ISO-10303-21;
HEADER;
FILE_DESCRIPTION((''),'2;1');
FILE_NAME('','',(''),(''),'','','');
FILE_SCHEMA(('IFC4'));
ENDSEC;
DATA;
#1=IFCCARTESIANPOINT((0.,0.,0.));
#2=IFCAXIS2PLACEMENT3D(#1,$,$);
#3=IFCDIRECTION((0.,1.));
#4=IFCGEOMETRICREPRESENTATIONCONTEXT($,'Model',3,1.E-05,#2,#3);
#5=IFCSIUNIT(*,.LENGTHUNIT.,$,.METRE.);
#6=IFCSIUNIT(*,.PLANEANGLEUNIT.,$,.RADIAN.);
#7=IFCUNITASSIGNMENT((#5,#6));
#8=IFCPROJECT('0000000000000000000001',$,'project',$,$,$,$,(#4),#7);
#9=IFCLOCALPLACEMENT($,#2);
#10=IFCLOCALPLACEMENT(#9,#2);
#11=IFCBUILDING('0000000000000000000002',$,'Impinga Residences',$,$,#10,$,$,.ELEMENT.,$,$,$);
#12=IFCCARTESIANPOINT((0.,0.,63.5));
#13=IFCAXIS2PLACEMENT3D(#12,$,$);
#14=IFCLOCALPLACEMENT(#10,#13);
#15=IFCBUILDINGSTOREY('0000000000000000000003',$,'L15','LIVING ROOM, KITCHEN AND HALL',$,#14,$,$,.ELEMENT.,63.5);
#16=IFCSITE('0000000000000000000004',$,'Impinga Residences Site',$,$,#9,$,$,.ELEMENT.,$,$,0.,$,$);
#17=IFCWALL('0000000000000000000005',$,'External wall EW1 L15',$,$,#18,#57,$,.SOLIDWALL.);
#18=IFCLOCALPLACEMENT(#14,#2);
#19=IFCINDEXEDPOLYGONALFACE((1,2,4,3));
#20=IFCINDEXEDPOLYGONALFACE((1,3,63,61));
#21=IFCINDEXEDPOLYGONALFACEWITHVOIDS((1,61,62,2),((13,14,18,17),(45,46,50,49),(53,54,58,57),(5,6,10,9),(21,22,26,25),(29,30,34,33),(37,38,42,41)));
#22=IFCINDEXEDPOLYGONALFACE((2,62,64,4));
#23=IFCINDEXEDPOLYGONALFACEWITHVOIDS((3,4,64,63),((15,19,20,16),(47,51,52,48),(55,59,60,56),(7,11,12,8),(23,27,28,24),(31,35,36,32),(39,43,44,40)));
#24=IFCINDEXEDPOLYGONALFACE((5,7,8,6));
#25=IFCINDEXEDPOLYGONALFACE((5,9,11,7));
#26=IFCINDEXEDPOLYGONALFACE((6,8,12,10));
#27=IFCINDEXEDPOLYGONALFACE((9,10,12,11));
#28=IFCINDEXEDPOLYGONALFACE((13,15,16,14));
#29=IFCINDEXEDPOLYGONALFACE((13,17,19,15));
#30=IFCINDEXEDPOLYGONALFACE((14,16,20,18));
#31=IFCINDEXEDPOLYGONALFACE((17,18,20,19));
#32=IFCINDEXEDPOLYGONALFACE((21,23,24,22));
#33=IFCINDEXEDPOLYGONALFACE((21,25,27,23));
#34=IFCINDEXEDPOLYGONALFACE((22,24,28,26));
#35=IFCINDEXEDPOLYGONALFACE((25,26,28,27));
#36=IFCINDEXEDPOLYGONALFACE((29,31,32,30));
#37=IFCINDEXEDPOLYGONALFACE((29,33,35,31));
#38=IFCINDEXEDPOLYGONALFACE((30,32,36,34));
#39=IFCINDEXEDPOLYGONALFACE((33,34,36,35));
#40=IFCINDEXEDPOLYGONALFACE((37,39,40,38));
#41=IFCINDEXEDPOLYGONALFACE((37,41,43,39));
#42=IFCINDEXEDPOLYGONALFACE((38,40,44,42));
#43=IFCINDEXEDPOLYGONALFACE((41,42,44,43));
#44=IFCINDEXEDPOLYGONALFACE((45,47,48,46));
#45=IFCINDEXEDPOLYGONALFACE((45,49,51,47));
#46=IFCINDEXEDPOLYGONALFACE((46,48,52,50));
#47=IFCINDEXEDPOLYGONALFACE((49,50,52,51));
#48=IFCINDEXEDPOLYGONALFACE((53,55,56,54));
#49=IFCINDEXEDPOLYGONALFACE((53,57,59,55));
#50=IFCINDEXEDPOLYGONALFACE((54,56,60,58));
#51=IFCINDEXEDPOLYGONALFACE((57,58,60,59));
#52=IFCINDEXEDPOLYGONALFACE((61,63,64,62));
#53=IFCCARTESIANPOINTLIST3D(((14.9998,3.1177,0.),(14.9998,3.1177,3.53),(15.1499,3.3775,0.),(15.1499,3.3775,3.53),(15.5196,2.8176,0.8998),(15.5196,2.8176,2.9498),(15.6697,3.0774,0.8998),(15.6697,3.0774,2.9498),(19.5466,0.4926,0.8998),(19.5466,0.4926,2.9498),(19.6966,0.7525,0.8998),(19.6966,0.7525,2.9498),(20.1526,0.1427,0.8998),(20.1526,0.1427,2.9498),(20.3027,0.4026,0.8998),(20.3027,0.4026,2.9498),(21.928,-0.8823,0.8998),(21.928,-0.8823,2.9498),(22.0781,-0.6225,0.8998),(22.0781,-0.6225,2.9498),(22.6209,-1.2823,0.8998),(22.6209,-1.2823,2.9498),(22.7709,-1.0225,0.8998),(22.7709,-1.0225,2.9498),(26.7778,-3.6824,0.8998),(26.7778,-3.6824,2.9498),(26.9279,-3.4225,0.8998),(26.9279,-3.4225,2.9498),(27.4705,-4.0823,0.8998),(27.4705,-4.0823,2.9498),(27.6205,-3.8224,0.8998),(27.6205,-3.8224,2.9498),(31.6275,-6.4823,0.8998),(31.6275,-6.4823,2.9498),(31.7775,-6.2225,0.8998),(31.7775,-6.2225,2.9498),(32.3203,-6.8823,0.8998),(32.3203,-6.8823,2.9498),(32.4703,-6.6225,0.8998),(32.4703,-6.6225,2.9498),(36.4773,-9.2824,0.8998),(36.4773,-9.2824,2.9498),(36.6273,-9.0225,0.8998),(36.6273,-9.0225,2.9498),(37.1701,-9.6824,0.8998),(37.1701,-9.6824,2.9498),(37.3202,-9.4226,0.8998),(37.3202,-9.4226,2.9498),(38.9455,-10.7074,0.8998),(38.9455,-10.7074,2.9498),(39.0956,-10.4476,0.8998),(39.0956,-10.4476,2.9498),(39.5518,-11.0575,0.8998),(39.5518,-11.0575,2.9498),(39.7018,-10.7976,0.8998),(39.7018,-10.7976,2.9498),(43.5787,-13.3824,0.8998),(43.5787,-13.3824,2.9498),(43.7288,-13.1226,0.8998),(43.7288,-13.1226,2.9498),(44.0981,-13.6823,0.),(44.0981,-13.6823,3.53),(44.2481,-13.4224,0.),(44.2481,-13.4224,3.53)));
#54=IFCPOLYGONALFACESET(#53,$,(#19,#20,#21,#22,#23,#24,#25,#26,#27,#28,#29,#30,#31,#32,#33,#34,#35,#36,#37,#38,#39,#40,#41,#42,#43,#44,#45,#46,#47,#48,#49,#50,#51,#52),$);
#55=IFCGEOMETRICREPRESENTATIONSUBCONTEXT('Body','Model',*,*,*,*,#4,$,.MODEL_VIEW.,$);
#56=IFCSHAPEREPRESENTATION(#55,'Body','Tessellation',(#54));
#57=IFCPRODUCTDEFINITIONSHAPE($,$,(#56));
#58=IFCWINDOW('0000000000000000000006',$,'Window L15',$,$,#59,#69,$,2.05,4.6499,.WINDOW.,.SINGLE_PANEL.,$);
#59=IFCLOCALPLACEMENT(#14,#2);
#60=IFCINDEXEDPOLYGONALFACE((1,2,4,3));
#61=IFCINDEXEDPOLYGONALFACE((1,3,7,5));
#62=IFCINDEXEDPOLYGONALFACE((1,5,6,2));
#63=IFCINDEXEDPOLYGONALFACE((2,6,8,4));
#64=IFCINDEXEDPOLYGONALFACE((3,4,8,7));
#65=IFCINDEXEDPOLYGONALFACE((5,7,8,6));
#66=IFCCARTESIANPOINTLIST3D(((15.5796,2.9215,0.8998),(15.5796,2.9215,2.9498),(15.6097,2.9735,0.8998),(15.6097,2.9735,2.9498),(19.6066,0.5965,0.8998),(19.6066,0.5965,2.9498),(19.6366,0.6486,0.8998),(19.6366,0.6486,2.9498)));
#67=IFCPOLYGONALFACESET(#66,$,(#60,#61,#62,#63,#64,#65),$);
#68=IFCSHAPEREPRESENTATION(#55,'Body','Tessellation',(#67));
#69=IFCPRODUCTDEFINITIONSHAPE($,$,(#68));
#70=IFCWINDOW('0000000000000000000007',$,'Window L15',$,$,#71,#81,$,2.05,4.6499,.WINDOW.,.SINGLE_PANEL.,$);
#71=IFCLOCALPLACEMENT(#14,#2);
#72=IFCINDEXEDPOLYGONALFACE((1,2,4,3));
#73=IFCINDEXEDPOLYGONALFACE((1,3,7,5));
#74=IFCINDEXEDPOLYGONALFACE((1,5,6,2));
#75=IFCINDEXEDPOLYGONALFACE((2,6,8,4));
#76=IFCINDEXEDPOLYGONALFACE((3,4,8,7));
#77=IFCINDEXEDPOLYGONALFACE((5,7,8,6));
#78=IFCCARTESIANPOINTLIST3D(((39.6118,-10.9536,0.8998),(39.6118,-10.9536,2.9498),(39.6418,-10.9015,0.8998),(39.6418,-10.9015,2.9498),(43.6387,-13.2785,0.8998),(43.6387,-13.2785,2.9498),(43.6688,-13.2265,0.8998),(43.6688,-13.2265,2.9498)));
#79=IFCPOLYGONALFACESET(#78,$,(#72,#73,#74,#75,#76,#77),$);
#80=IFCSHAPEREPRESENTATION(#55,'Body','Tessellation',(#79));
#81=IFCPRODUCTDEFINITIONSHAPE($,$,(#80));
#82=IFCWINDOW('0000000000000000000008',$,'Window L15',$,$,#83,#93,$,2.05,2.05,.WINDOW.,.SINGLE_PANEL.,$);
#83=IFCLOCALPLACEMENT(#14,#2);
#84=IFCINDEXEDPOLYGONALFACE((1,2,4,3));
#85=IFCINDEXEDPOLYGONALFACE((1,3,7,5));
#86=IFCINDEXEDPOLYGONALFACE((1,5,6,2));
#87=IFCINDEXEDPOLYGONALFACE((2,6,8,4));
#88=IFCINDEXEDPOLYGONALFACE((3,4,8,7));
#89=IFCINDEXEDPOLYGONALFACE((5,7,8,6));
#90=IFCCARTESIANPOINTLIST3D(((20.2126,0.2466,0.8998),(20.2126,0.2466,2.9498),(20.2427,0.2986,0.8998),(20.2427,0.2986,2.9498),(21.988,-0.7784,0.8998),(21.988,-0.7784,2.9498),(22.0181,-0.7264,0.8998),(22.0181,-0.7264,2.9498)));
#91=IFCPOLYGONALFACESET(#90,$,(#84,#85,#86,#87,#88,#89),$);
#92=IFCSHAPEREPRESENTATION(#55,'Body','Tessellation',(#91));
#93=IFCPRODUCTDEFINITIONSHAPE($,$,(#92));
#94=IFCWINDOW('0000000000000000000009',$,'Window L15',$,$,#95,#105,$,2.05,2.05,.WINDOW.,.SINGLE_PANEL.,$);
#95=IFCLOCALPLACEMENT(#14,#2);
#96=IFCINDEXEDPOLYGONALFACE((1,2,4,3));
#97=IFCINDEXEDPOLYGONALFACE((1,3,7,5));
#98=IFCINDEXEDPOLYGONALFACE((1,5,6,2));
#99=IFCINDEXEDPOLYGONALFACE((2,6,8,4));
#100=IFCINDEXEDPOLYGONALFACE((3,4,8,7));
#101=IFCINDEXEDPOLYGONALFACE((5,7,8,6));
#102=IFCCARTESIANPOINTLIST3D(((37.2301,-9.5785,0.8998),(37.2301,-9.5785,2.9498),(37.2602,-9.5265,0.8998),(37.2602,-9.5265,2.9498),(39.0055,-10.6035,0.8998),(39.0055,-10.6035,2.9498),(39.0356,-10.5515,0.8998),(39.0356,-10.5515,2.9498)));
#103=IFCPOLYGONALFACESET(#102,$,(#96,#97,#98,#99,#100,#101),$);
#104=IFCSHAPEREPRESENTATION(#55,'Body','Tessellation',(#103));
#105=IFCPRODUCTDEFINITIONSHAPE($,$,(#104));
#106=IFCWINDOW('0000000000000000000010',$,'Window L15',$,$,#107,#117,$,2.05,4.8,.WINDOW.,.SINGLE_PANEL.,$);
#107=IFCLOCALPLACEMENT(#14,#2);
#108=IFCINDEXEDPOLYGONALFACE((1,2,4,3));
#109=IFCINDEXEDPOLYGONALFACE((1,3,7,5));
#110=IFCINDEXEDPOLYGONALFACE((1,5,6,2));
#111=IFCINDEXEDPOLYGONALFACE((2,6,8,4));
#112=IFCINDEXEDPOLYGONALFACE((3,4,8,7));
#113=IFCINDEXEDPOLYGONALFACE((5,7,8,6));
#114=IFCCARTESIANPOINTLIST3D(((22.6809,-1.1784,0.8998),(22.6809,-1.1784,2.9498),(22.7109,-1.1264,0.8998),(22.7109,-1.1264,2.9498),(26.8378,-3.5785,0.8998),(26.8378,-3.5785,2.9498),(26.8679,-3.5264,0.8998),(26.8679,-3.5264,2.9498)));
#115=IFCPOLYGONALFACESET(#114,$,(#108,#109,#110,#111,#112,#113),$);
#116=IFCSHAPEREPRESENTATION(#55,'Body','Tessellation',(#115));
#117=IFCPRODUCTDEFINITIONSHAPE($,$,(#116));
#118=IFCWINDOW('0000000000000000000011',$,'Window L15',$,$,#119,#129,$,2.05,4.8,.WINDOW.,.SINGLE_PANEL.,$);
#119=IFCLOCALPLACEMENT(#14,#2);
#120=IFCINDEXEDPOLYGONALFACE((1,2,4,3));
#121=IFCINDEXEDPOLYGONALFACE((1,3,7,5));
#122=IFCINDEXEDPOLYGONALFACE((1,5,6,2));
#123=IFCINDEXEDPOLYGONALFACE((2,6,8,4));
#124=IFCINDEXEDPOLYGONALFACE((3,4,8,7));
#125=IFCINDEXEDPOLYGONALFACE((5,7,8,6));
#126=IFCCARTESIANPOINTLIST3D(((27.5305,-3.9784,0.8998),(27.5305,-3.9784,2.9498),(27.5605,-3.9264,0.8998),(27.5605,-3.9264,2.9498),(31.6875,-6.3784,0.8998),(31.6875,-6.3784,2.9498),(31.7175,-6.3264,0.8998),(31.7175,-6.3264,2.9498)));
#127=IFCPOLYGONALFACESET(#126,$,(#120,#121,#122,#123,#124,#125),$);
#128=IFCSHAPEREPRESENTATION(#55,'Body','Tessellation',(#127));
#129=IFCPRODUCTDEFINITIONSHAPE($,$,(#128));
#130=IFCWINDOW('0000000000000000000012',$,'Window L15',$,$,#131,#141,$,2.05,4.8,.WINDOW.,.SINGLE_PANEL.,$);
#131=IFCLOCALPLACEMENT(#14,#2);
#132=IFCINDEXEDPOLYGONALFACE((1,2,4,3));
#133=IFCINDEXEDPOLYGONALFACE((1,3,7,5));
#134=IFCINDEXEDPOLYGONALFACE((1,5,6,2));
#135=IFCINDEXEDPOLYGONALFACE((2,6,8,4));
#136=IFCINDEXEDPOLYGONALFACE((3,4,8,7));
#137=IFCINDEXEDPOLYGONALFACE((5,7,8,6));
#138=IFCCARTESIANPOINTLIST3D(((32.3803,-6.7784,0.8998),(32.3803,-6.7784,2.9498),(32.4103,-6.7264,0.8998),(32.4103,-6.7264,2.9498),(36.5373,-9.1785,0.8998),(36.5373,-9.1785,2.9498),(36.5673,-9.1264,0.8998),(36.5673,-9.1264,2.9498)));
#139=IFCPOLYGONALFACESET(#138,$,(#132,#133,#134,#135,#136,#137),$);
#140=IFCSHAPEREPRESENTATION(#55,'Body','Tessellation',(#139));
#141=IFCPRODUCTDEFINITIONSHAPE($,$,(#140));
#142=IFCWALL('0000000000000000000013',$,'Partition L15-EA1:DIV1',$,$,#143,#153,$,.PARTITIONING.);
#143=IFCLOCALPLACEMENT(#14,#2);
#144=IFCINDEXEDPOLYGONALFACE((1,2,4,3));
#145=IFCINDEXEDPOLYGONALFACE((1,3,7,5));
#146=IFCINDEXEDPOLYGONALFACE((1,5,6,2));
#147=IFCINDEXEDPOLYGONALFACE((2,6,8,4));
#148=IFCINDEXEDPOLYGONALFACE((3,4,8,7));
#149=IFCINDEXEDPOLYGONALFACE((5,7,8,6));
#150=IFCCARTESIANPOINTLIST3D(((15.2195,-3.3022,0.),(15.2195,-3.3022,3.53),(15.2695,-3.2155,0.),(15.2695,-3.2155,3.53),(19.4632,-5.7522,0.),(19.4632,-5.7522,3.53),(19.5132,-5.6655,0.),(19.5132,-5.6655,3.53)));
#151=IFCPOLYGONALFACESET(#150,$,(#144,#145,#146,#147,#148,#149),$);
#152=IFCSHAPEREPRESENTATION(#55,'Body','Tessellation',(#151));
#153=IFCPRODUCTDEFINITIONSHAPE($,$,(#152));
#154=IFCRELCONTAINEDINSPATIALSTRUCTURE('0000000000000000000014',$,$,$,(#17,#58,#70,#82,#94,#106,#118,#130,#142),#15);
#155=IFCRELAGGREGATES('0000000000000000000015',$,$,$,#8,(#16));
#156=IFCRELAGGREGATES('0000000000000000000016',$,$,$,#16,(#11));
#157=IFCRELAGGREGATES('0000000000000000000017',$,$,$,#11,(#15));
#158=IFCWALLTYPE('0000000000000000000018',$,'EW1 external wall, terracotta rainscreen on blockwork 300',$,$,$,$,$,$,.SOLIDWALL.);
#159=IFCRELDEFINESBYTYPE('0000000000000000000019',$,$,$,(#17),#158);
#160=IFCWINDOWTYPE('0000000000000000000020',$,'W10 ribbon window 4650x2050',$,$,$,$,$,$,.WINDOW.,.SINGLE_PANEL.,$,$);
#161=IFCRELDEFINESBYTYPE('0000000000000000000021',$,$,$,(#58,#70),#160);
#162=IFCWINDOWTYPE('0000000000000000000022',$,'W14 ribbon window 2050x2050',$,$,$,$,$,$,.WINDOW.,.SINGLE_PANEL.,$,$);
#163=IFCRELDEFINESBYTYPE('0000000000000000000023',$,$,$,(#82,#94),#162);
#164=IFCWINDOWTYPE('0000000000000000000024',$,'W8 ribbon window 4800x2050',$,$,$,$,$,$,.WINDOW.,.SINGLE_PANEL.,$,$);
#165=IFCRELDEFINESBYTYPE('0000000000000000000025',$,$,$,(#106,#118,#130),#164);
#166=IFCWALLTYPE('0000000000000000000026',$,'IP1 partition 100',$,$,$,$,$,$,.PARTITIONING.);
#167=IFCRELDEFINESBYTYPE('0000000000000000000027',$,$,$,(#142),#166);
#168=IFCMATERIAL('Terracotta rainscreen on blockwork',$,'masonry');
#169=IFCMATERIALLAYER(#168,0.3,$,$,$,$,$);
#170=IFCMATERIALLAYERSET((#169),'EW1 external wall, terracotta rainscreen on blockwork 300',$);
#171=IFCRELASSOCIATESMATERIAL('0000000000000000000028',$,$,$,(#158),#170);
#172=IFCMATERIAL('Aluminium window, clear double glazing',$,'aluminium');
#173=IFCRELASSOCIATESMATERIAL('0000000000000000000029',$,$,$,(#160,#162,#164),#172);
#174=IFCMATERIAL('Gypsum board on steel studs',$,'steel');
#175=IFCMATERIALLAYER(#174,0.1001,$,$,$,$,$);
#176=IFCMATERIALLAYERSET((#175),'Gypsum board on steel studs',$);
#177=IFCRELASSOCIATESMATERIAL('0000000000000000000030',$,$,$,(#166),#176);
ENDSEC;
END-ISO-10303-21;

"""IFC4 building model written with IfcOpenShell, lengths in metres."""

from ifc_helpers import new_model, si_unit, direction, frame, frame_2d, origin, place, context, subcontext, project, spatial, rectangle, extrude, material, layer, layer_set, type_object, element, fill, save


model = new_model("IFC4")

# Units and contexts
model_context = context("Model", 3, precision=1e-05, world=origin(), true_north=direction((0.0, 1.0)))
body_context = subcontext(model_context, "Body", "Model", "MODEL_VIEW")
ifc_project = project(units=[si_unit("LENGTHUNIT", "METRE"), si_unit("PLANEANGLEUNIT", "RADIAN")], contexts=[model_context])

# Site, building, storey
site_placement = place(None, origin())
site = spatial("IfcSite", under=ifc_project, at=site_placement, Name="Impinga Residences Site", CompositionType="ELEMENT", RefElevation=0.0)
building_placement = place(site_placement, origin())
building = spatial("IfcBuilding", under=site, at=building_placement, Name="Impinga Residences", CompositionType="ELEMENT")
storey_placement = place(building_placement, frame((0.0, 0.0, 63.5)))
storey = spatial("IfcBuildingStorey", under=building, at=storey_placement, Name="L15", Description="LIVING ROOM, KITCHEN AND HALL", CompositionType="ELEMENT", Elevation=63.5)

# Shared definitions
ifc_material_1 = material(Name="Terracotta rainscreen on blockwork", Category="masonry")
ifc_layer_1 = layer(ifc_material_1, 0.3)
ifc_layer_set_1 = layer_set([ifc_layer_1], Name="EW1 external wall, terracotta rainscreen on blockwork 300")
wall_type_1 = type_object("IfcWallType", Name="EW1 external wall, terracotta rainscreen on blockwork 300", PredefinedType="SOLIDWALL", material=ifc_layer_set_1)

# Wall, openings, windows
wall_1_placement = place(storey_placement, frame((15.075, 3.2476, 0.0), z_axis=(0.0, 0.0, 1.0), x_axis=(0.866024, -0.500002, 0.0)))
wall_1 = element("IfcWall", 1, at=wall_1_placement, inside=storey, type_object=wall_type_1, Name="External wall EW1 L15", PredefinedType="SOLIDWALL", context=body_context, shape_type="SweptSolid", body=[
    extrude(rectangle(XDim=33.5999, YDim=0.3, at=frame_2d((16.7998, 0.0))), origin(), (0.0, 0.0, 1.0), 3.53),
])
opening_1_placement = place(wall_1_placement, frame((0.6001, 0.0, 0.8999)))
opening_1 = element("IfcOpeningElement", 2, at=opening_1_placement, cuts=wall_1, PredefinedType="OPENING", context=body_context, shape_type="SweptSolid", body=[
    extrude(rectangle(XDim=4.6499, YDim=2.05, at=frame_2d((2.325, 1.0249))), frame((0.0, 0.1599, 0.0), z_axis=(0.0, -1.0, 0.0), x_axis=(1.0, 0.0, 0.0)), (0.0, 0.0, 1.0), 0.3201),
])
opening_2_placement = place(wall_1_placement, frame((5.95, 0.0, 0.8999)))
opening_2 = element("IfcOpeningElement", 3, at=opening_2_placement, cuts=wall_1, PredefinedType="OPENING", context=body_context, shape_type="SweptSolid", body=[
    extrude(rectangle(XDim=2.05, YDim=2.05, at=frame_2d((1.0249, 1.0249))), frame((0.0, 0.1599, 0.0), z_axis=(0.0, -1.0, 0.0), x_axis=(1.0, 0.0, 0.0)), (0.0, 0.0, 1.0), 0.3201),
])
opening_3_placement = place(wall_1_placement, frame((8.8, 0.0, 0.8999)))
opening_3 = element("IfcOpeningElement", 4, at=opening_3_placement, cuts=wall_1, PredefinedType="OPENING", context=body_context, shape_type="SweptSolid", body=[
    extrude(rectangle(XDim=4.8, YDim=2.05, at=frame_2d((2.3999, 1.0249))), frame((0.0, 0.1599, 0.0), z_axis=(0.0, -1.0, 0.0), x_axis=(1.0, 0.0, 0.0)), (0.0, 0.0, 1.0), 0.3201),
])
opening_4_placement = place(wall_1_placement, frame((14.3999, 0.0, 0.8999)))
opening_4 = element("IfcOpeningElement", 5, at=opening_4_placement, cuts=wall_1, PredefinedType="OPENING", context=body_context, shape_type="SweptSolid", body=[
    extrude(rectangle(XDim=4.8, YDim=2.05, at=frame_2d((2.3999, 1.0249))), frame((0.0, 0.1599, 0.0), z_axis=(0.0, -1.0, 0.0), x_axis=(1.0, 0.0, 0.0)), (0.0, 0.0, 1.0), 0.3201),
])
opening_5_placement = place(wall_1_placement, frame((20.0, 0.0, 0.8999)))
opening_5 = element("IfcOpeningElement", 6, at=opening_5_placement, cuts=wall_1, PredefinedType="OPENING", context=body_context, shape_type="SweptSolid", body=[
    extrude(rectangle(XDim=4.8, YDim=2.05, at=frame_2d((2.3999, 1.0249))), frame((0.0, 0.1599, 0.0), z_axis=(0.0, -1.0, 0.0), x_axis=(1.0, 0.0, 0.0)), (0.0, 0.0, 1.0), 0.3201),
])
opening_6_placement = place(wall_1_placement, frame((25.6001, 0.0, 0.8999)))
opening_6 = element("IfcOpeningElement", 7, at=opening_6_placement, cuts=wall_1, PredefinedType="OPENING", context=body_context, shape_type="SweptSolid", body=[
    extrude(rectangle(XDim=2.05, YDim=2.05, at=frame_2d((1.0249, 1.0249))), frame((0.0, 0.1599, 0.0), z_axis=(0.0, -1.0, 0.0), x_axis=(1.0, 0.0, 0.0)), (0.0, 0.0, 1.0), 0.3201),
])
opening_7_placement = place(wall_1_placement, frame((28.3501, 0.0, 0.8999)))
opening_7 = element("IfcOpeningElement", 8, at=opening_7_placement, cuts=wall_1, PredefinedType="OPENING", context=body_context, shape_type="SweptSolid", body=[
    extrude(rectangle(XDim=4.6499, YDim=2.05, at=frame_2d((2.325, 1.0249))), frame((0.0, 0.1599, 0.0), z_axis=(0.0, -1.0, 0.0), x_axis=(1.0, 0.0, 0.0)), (0.0, 0.0, 1.0), 0.3201),
])
ifc_material_2 = material(Name="Aluminium window, clear double glazing", Category="aluminium")
window_type_1 = type_object("IfcWindowType", Name="W10 ribbon window 4650x2050", PartitioningType="SINGLE_PANEL", PredefinedType="WINDOW", material=ifc_material_2)
window_1_placement = place(opening_1_placement, origin())
window_1 = element("IfcWindow", 9, at=window_1_placement, inside=storey, type_object=window_type_1, Name="Window L15", OverallHeight=2.05, OverallWidth=4.6499, PartitioningType="SINGLE_PANEL", PredefinedType="WINDOW", context=body_context, shape_type="SweptSolid", body=[
    extrude(rectangle(XDim=4.6499, YDim=2.05, at=frame_2d((2.325, 1.0249))), frame((0.0, 0.03, 0.0), z_axis=(0.0, -1.0, 0.0), x_axis=(1.0, 0.0, 0.0)), (0.0, 0.0, 1.0), 0.0601),
])
fill(opening_1, window_1)
window_2_placement = place(opening_7_placement, origin())
window_2 = element("IfcWindow", 10, at=window_2_placement, inside=storey, type_object=window_type_1, Name="Window L15", OverallHeight=2.05, OverallWidth=4.6499, PartitioningType="SINGLE_PANEL", PredefinedType="WINDOW", context=body_context, shape_type="SweptSolid", body=[
    extrude(rectangle(XDim=4.6499, YDim=2.05, at=frame_2d((2.325, 1.0249))), frame((0.0, 0.03, 0.0), z_axis=(0.0, -1.0, 0.0), x_axis=(1.0, 0.0, 0.0)), (0.0, 0.0, 1.0), 0.0601),
])
fill(opening_7, window_2)
window_type_2 = type_object("IfcWindowType", Name="W14 ribbon window 2050x2050", PartitioningType="SINGLE_PANEL", PredefinedType="WINDOW", material=ifc_material_2)
window_3_placement = place(opening_2_placement, origin())
window_3 = element("IfcWindow", 11, at=window_3_placement, inside=storey, type_object=window_type_2, Name="Window L15", OverallHeight=2.05, OverallWidth=2.05, PartitioningType="SINGLE_PANEL", PredefinedType="WINDOW", context=body_context, shape_type="SweptSolid", body=[
    extrude(rectangle(XDim=2.05, YDim=2.05, at=frame_2d((1.0249, 1.0249))), frame((0.0, 0.03, 0.0), z_axis=(0.0, -1.0, 0.0), x_axis=(1.0, 0.0, 0.0)), (0.0, 0.0, 1.0), 0.0601),
])
fill(opening_2, window_3)
window_4_placement = place(opening_6_placement, origin())
window_4 = element("IfcWindow", 12, at=window_4_placement, inside=storey, type_object=window_type_2, Name="Window L15", OverallHeight=2.05, OverallWidth=2.05, PartitioningType="SINGLE_PANEL", PredefinedType="WINDOW", context=body_context, shape_type="SweptSolid", body=[
    extrude(rectangle(XDim=2.05, YDim=2.05, at=frame_2d((1.0249, 1.0249))), frame((0.0, 0.03, 0.0), z_axis=(0.0, -1.0, 0.0), x_axis=(1.0, 0.0, 0.0)), (0.0, 0.0, 1.0), 0.0601),
])
fill(opening_6, window_4)
window_type_3 = type_object("IfcWindowType", Name="W8 ribbon window 4800x2050", PartitioningType="SINGLE_PANEL", PredefinedType="WINDOW", material=ifc_material_2)
window_5_placement = place(opening_3_placement, origin())
window_5 = element("IfcWindow", 13, at=window_5_placement, inside=storey, type_object=window_type_3, Name="Window L15", OverallHeight=2.05, OverallWidth=4.8, PartitioningType="SINGLE_PANEL", PredefinedType="WINDOW", context=body_context, shape_type="SweptSolid", body=[
    extrude(rectangle(XDim=4.8, YDim=2.05, at=frame_2d((2.3999, 1.0249))), frame((0.0, 0.03, 0.0), z_axis=(0.0, -1.0, 0.0), x_axis=(1.0, 0.0, 0.0)), (0.0, 0.0, 1.0), 0.0601),
])
fill(opening_3, window_5)
window_6_placement = place(opening_4_placement, origin())
window_6 = element("IfcWindow", 14, at=window_6_placement, inside=storey, type_object=window_type_3, Name="Window L15", OverallHeight=2.05, OverallWidth=4.8, PartitioningType="SINGLE_PANEL", PredefinedType="WINDOW", context=body_context, shape_type="SweptSolid", body=[
    extrude(rectangle(XDim=4.8, YDim=2.05, at=frame_2d((2.3999, 1.0249))), frame((0.0, 0.03, 0.0), z_axis=(0.0, -1.0, 0.0), x_axis=(1.0, 0.0, 0.0)), (0.0, 0.0, 1.0), 0.0601),
])
fill(opening_4, window_6)
window_7_placement = place(opening_5_placement, origin())
window_7 = element("IfcWindow", 15, at=window_7_placement, inside=storey, type_object=window_type_3, Name="Window L15", OverallHeight=2.05, OverallWidth=4.8, PartitioningType="SINGLE_PANEL", PredefinedType="WINDOW", context=body_context, shape_type="SweptSolid", body=[
    extrude(rectangle(XDim=4.8, YDim=2.05, at=frame_2d((2.3999, 1.0249))), frame((0.0, 0.03, 0.0), z_axis=(0.0, -1.0, 0.0), x_axis=(1.0, 0.0, 0.0)), (0.0, 0.0, 1.0), 0.0601),
])
fill(opening_5, window_7)

# Wall
ifc_material_3 = material(Name="Gypsum board on steel studs", Category="steel")
ifc_layer_2 = layer(ifc_material_3, 0.1001)
ifc_layer_set_2 = layer_set([ifc_layer_2], Name="Gypsum board on steel studs")
wall_type_2 = type_object("IfcWallType", Name="IP1 partition 100", PredefinedType="PARTITIONING", material=ifc_layer_set_2)
wall_2_placement = place(storey_placement, frame((15.2444, -3.2588, 0.0), z_axis=(0.0, 0.0, 1.0), x_axis=(0.866036, -0.499981, 0.0)))
element("IfcWall", 16, at=wall_2_placement, inside=storey, type_object=wall_type_2, Name="Partition L15-EA1:DIV1", PredefinedType="PARTITIONING", context=body_context, shape_type="SweptSolid", body=[
    extrude(rectangle(XDim=4.9001, YDim=0.1001, at=frame_2d((2.4502, 0.0))), origin(), (0.0, 0.0, 1.0), 3.53),
])

save(model, "model.ifc")
